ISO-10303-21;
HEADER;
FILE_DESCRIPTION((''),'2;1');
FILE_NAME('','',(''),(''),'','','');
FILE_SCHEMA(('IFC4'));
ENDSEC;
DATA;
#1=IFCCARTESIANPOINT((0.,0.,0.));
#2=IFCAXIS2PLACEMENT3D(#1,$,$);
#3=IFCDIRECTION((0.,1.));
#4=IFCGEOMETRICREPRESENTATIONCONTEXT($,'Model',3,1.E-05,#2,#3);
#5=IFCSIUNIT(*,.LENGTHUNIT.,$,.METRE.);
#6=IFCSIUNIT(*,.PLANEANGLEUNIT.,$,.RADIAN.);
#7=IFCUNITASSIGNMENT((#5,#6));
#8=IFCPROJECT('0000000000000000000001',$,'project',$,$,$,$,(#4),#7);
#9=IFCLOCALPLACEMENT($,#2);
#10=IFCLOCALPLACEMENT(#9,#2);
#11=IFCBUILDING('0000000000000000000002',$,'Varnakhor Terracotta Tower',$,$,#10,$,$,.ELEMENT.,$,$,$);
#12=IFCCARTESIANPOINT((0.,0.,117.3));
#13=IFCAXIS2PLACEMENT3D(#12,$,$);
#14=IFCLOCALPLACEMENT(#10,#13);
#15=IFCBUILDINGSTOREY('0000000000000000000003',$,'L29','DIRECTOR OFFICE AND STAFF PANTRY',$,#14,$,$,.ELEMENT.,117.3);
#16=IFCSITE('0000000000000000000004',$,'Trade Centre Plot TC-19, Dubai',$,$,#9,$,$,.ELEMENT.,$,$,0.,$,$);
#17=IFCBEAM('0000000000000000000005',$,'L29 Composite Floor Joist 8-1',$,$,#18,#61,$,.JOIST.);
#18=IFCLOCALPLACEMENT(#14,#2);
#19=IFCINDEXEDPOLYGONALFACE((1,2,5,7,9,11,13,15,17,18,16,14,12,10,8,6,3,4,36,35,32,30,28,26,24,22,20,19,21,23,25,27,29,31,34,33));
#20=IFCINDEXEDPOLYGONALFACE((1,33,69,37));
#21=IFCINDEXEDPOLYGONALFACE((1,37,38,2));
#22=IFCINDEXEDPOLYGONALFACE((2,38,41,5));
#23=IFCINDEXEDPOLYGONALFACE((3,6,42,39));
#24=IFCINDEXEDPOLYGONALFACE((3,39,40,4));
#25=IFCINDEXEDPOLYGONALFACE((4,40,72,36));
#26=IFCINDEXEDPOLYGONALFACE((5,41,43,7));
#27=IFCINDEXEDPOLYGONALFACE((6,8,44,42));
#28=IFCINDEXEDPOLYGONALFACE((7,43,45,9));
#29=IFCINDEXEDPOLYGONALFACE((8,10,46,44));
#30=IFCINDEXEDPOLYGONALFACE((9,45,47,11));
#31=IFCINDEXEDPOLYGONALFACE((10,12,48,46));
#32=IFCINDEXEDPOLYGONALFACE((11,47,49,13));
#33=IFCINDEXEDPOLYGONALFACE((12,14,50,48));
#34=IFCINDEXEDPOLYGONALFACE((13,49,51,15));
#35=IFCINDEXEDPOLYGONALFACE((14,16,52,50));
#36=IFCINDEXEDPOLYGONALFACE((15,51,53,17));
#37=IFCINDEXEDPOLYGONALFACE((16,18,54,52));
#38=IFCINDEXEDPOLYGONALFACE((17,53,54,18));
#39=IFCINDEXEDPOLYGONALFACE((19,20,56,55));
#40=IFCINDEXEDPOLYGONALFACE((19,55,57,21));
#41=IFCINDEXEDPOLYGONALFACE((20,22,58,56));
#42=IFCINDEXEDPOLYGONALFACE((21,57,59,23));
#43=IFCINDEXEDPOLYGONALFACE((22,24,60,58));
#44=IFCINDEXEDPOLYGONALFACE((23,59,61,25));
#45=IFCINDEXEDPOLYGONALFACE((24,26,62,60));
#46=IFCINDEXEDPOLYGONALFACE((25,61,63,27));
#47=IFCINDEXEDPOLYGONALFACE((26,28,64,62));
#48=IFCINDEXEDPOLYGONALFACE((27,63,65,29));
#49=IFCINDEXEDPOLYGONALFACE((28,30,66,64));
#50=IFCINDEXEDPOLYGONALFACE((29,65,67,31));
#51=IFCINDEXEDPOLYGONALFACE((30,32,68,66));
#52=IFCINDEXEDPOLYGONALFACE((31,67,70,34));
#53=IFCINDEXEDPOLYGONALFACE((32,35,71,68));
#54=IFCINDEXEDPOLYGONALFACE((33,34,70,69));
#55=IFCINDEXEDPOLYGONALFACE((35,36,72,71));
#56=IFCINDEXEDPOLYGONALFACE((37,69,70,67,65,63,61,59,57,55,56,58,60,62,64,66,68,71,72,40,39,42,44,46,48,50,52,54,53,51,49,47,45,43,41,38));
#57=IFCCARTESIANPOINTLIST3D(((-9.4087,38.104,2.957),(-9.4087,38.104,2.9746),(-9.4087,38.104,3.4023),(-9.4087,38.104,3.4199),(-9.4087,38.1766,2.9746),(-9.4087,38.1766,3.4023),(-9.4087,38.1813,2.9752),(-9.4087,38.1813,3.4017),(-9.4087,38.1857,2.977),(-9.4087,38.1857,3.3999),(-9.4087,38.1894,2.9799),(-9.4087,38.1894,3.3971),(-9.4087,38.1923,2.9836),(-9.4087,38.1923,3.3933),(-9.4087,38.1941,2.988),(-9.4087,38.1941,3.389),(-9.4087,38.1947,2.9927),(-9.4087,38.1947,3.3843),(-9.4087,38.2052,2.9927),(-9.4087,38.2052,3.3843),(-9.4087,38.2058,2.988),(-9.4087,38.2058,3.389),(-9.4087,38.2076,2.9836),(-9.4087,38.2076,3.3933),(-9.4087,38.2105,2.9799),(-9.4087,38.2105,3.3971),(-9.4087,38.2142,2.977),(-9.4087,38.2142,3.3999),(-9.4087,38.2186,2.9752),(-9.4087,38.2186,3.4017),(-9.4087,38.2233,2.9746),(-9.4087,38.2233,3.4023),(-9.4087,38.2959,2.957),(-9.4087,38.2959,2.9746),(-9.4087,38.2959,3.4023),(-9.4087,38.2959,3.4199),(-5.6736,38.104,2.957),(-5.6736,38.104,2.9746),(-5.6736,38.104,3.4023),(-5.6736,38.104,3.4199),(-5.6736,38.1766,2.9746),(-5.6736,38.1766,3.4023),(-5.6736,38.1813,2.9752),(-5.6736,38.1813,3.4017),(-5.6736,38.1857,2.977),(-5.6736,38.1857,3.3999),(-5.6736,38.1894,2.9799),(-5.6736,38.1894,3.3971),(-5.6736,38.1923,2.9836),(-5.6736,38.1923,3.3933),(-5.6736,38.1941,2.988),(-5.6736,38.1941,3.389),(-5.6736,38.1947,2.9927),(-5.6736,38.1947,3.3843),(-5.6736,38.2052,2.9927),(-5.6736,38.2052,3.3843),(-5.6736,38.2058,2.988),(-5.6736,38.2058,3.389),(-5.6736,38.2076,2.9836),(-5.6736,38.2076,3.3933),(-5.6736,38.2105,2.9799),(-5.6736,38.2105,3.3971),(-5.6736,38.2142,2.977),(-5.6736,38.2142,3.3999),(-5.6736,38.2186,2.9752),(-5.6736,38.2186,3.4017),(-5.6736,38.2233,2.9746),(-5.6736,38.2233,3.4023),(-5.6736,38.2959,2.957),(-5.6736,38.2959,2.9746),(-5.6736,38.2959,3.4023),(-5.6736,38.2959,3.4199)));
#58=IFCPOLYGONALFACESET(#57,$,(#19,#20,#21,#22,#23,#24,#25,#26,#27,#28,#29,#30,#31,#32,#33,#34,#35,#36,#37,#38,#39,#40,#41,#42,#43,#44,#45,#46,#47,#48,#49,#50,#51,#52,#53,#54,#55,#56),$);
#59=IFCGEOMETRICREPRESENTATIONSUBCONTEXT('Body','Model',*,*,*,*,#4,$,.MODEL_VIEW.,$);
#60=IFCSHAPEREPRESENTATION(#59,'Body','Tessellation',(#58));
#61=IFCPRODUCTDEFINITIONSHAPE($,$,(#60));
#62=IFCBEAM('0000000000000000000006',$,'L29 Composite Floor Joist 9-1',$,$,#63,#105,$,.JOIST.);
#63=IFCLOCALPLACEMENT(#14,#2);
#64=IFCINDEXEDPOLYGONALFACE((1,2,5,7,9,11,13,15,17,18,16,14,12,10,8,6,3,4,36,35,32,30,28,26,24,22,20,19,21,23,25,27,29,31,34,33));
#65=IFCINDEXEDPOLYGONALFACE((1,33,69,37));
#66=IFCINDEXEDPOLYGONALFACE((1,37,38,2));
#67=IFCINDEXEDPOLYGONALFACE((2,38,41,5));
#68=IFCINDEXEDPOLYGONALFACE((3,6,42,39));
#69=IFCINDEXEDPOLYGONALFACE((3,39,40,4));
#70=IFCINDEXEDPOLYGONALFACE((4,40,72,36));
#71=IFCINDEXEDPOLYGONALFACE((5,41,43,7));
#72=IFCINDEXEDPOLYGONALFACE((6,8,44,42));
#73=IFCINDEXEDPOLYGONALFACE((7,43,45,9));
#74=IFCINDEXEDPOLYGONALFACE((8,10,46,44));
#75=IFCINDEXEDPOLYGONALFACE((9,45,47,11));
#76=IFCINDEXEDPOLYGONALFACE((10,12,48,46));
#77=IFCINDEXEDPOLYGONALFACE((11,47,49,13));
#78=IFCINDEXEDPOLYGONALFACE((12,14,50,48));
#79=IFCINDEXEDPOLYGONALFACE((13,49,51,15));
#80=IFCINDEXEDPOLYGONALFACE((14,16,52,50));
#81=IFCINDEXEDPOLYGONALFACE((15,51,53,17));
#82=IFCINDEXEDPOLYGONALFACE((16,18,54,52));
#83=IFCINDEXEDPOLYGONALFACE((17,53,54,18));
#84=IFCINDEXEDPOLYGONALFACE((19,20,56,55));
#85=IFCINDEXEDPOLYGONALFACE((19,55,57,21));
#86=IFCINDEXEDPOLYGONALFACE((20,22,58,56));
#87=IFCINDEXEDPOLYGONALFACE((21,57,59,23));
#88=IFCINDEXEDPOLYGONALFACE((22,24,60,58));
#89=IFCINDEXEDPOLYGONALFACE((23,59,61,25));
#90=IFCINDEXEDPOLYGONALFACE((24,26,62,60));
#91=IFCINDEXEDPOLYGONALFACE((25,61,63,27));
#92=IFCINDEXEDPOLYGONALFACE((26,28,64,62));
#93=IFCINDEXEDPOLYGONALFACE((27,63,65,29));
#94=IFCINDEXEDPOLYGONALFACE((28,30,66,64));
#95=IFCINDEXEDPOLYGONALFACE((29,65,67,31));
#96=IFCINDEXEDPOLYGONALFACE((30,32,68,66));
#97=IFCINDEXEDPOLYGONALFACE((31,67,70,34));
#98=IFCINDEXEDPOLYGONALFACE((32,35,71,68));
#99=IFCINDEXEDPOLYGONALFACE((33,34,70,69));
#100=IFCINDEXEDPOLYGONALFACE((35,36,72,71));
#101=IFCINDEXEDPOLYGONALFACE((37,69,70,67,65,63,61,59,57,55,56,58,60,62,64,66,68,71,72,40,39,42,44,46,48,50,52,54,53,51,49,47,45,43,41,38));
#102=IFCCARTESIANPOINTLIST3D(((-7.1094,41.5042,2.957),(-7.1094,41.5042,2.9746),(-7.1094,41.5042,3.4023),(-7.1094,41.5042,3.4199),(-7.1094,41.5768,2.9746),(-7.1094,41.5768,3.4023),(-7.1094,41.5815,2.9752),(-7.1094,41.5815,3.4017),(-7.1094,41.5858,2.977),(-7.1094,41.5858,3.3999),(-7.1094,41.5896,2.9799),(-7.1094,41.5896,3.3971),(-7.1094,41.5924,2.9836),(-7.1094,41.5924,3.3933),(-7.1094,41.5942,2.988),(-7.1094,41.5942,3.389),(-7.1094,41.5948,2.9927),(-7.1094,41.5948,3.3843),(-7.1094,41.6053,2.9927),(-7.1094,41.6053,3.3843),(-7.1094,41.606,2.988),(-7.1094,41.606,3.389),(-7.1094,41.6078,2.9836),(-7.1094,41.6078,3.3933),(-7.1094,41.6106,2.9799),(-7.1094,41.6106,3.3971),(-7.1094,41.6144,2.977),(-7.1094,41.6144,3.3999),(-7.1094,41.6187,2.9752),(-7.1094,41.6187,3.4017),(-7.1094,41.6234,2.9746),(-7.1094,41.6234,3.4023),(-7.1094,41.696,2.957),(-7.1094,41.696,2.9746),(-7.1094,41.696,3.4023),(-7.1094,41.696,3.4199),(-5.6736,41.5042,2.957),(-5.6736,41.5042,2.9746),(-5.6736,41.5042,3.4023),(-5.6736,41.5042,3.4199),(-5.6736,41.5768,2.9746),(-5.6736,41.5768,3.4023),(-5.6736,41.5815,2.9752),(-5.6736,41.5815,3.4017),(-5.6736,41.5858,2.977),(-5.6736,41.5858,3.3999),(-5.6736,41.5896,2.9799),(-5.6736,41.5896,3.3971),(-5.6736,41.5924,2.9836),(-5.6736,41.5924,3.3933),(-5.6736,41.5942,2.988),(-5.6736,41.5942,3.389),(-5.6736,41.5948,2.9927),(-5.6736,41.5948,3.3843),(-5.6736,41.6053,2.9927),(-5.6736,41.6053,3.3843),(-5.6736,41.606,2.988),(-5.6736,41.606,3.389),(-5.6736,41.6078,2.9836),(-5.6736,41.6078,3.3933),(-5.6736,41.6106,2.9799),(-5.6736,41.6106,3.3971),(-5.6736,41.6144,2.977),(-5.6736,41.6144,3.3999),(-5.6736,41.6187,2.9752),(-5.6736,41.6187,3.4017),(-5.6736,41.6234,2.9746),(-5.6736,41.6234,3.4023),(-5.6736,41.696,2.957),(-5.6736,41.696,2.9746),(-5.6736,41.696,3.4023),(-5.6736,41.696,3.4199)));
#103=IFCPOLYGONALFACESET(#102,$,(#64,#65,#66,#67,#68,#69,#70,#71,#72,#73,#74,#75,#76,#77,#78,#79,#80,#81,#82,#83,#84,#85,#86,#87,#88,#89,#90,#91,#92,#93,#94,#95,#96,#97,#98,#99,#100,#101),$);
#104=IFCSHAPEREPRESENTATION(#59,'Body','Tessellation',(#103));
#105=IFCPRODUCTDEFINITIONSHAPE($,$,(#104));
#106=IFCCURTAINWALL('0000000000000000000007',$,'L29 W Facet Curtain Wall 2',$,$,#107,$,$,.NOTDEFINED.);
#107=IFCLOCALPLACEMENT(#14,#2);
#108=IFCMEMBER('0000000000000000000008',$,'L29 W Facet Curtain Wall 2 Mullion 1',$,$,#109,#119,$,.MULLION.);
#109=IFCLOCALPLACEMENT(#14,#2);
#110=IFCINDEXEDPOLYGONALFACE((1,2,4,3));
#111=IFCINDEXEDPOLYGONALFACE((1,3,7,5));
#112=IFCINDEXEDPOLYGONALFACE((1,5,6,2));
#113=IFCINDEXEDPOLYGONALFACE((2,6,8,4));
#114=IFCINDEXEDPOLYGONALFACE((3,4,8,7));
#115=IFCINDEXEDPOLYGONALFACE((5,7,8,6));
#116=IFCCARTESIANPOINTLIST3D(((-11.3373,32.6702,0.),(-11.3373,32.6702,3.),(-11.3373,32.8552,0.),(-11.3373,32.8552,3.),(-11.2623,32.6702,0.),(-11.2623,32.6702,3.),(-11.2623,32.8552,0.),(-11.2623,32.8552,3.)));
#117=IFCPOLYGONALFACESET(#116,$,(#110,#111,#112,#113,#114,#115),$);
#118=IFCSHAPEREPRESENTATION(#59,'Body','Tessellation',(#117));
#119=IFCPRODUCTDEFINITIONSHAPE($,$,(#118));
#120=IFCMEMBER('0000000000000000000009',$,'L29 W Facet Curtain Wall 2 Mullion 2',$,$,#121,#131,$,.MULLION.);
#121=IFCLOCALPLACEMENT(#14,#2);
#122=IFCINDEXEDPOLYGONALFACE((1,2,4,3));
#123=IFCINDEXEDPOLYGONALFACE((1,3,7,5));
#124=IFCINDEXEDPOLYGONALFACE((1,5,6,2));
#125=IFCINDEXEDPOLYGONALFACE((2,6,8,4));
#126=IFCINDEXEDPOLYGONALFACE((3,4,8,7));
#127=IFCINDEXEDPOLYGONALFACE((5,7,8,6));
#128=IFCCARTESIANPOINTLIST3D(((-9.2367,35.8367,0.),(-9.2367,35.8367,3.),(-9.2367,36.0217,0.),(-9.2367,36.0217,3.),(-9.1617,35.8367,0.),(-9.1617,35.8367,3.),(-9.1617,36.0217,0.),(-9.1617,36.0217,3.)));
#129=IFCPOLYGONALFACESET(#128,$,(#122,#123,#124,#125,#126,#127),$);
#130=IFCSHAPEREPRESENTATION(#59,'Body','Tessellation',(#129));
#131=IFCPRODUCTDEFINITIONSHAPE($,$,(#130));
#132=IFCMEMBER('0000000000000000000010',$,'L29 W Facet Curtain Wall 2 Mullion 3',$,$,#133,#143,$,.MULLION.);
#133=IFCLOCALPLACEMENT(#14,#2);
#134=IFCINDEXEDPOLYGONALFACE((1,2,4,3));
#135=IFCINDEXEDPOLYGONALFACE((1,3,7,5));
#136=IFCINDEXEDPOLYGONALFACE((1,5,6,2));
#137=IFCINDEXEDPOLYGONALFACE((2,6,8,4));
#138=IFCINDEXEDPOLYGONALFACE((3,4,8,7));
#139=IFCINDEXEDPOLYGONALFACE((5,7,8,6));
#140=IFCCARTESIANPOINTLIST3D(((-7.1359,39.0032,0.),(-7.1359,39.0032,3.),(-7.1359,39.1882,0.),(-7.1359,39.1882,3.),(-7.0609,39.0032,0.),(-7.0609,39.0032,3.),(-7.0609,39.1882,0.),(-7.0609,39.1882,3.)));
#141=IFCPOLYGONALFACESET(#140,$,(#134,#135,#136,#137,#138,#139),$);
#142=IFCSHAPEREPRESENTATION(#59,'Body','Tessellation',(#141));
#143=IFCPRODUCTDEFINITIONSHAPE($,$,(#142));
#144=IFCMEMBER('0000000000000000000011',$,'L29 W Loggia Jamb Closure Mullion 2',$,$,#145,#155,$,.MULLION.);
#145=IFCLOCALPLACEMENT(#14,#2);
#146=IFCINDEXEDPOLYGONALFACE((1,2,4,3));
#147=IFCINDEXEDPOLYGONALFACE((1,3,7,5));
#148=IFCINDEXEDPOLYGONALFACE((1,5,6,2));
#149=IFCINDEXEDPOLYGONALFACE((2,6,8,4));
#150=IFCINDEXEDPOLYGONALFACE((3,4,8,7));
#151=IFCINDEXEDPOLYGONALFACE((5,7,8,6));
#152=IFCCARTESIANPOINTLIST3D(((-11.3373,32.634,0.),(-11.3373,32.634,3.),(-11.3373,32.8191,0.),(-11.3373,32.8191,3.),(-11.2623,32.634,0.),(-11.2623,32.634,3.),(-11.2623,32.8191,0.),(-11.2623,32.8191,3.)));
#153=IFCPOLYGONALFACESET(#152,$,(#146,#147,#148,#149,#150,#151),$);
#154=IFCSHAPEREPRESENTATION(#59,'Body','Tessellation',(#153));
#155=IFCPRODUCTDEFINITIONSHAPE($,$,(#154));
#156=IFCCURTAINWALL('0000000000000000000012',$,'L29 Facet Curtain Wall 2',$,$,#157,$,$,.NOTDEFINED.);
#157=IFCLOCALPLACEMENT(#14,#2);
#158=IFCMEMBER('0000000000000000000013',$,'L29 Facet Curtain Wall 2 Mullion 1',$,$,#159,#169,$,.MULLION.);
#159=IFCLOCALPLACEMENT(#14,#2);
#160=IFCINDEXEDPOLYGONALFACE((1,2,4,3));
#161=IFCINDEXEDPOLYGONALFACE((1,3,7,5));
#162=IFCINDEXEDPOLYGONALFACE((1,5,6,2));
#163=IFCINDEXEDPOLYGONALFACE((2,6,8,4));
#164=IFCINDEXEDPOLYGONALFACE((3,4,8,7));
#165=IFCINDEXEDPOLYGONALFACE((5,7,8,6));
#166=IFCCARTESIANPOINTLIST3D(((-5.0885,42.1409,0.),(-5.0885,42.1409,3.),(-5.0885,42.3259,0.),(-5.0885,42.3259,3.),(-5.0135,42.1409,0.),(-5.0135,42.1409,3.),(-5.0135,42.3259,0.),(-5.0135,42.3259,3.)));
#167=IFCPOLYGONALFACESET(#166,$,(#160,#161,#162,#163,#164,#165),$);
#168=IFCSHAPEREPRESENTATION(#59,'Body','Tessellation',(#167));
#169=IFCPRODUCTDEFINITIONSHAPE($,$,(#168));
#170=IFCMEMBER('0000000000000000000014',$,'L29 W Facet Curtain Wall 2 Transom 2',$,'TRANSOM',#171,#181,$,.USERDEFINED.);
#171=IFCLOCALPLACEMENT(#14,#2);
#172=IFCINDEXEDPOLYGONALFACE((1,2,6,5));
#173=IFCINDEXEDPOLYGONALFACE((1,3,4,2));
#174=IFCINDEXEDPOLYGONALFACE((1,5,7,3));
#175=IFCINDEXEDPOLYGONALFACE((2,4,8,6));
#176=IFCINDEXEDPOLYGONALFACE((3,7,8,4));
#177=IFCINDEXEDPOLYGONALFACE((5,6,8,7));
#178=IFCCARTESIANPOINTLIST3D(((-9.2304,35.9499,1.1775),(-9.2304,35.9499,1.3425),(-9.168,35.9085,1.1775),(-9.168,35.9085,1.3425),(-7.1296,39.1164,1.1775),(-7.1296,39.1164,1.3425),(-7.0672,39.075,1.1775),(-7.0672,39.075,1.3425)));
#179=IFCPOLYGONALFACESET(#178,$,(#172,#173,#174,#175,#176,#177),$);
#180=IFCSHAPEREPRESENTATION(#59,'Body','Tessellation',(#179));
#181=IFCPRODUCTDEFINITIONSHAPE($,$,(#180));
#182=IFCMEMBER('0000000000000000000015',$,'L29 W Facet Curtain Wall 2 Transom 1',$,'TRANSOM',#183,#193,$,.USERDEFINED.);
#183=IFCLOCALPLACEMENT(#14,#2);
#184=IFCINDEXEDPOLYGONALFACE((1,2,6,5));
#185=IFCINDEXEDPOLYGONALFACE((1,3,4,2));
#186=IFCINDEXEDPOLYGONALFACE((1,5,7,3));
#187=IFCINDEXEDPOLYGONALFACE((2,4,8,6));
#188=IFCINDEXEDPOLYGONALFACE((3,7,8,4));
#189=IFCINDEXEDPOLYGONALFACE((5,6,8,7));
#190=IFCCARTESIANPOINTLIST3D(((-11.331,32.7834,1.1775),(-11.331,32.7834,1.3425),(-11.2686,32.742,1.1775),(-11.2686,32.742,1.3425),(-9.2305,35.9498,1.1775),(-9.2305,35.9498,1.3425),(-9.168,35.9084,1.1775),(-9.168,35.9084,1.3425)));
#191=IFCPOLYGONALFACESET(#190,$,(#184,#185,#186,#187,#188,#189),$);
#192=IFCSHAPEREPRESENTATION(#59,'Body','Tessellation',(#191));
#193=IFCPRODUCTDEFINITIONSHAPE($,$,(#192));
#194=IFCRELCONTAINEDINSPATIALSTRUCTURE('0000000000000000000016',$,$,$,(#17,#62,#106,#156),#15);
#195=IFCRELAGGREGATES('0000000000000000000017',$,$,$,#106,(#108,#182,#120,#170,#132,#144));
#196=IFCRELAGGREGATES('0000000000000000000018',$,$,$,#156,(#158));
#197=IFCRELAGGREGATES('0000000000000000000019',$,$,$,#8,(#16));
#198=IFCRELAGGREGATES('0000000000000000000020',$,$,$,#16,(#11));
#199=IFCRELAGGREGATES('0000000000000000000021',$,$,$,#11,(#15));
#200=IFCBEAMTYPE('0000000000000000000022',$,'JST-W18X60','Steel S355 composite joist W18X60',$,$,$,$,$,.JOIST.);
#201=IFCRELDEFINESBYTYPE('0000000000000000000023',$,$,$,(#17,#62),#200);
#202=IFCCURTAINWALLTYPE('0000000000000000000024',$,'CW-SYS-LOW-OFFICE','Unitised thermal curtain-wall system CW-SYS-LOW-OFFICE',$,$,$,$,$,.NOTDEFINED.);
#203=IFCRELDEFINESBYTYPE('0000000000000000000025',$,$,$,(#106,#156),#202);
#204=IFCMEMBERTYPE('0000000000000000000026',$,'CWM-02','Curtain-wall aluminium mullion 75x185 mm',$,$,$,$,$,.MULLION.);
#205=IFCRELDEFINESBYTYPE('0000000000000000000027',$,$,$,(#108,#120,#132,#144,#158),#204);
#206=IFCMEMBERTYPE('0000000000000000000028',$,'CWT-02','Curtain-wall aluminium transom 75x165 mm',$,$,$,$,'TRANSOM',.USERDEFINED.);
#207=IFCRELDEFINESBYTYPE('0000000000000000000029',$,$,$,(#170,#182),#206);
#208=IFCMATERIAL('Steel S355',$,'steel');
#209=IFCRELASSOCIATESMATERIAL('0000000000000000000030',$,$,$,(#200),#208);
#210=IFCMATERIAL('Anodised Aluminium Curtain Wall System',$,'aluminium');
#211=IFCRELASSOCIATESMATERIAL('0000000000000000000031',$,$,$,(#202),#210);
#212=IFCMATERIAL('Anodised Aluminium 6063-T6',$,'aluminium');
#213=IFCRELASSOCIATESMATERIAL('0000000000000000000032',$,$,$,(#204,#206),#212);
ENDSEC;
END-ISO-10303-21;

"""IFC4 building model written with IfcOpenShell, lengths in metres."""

from ifc_helpers import new_model, si_unit, direction, frame, origin, origin_2d, place, context, subcontext, project, spatial, rectangle, i_section, extrude, source, transform, mapped, material, material_profile, profile_set, type_object, element, aggregate, save


model = new_model("IFC4")

# Units and contexts
model_context = context("Model", 3, precision=1e-05, world=origin(), true_north=direction((0.0, 1.0)))
body_context = subcontext(model_context, "Body", "Model", "MODEL_VIEW")
ifc_project = project(units=[si_unit("LENGTHUNIT", "METRE"), si_unit("PLANEANGLEUNIT", "RADIAN")], contexts=[model_context])

# Site, building, storey
site_placement = place(None, origin())
site = spatial("IfcSite", under=ifc_project, at=site_placement, Name="Trade Centre Plot TC-19, Dubai", CompositionType="ELEMENT", RefElevation=0.0)
building_placement = place(site_placement, origin())
building = spatial("IfcBuilding", under=site, at=building_placement, Name="Varnakhor Terracotta Tower", CompositionType="ELEMENT")
storey_placement = place(building_placement, frame((0.0, 0.0, 117.3)))
storey = spatial("IfcBuildingStorey", under=building, at=storey_placement, Name="L29", Description="DIRECTOR OFFICE AND STAFF PANTRY", CompositionType="ELEMENT", Elevation=117.3)

# Beams
ifc_material_1 = material(Name="Steel S355", Category="steel")
ifc_material_profile_1 = material_profile(ifc_material_1, i_section(OverallWidth=0.1919, OverallDepth=0.4629, WebThickness=0.0105, FlangeThickness=0.0176, FilletRadius=0.0181, at=origin_2d()), Name="W18X60")
ifc_profile_set_1 = profile_set([ifc_material_profile_1], Name="Steel S355")
beam_type_1 = type_object("IfcBeamType", Name="JST-W18X60", Description="Steel S355 composite joist W18X60", PredefinedType="JOIST", material=ifc_profile_set_1)
shared_shape_1 = source(origin(), body_context, "Body", "SweptSolid", [
    extrude(i_section(OverallWidth=0.1919, OverallDepth=0.4629, WebThickness=0.0105, FlangeThickness=0.0176, FilletRadius=0.0181, at=origin_2d()), origin(), (0.0, 0.0, 1.0), 3.7351),
])
beam_1_placement = place(storey_placement, frame((-9.4087, 38.2, 3.1885), z_axis=(1.0, 0.0, 0.0), x_axis=(0.0, 1.0, 0.0)))
element("IfcBeam", 1, at=beam_1_placement, inside=storey, type_object=beam_type_1, Name="L29 Composite Floor Joist 8-1", PredefinedType="JOIST", context=body_context, shape_type="MappedRepresentation", body=[
    mapped(shared_shape_1, transform((0.0, 0.0, 0.0), scale=1.0)),
])
shared_shape_2 = source(origin(), body_context, "Body", "SweptSolid", [
    extrude(i_section(OverallWidth=0.1919, OverallDepth=0.4629, WebThickness=0.0105, FlangeThickness=0.0176, FilletRadius=0.0181, at=origin_2d()), origin(), (0.0, 0.0, 1.0), 1.4358),
])
beam_2_placement = place(storey_placement, frame((-7.1094, 41.6001, 3.1885), z_axis=(1.0, 0.0, 0.0), x_axis=(0.0, 1.0, 0.0)))
element("IfcBeam", 2, at=beam_2_placement, inside=storey, type_object=beam_type_1, Name="L29 Composite Floor Joist 9-1", PredefinedType="JOIST", context=body_context, shape_type="MappedRepresentation", body=[
    mapped(shared_shape_2, transform((0.0, 0.0, 0.0), scale=1.0)),
])

# Curtain wall, members
ifc_material_2 = material(Name="Anodised Aluminium Curtain Wall System", Category="aluminium")
curtain_wall_type = type_object("IfcCurtainWallType", Name="CW-SYS-LOW-OFFICE", Description="Unitised thermal curtain-wall system CW-SYS-LOW-OFFICE", PredefinedType="NOTDEFINED", material=ifc_material_2)
curtain_wall_1_placement = place(storey_placement, origin())
curtain_wall_1 = element("IfcCurtainWall", 3, at=curtain_wall_1_placement, inside=storey, type_object=curtain_wall_type, Name="L29 W Facet Curtain Wall 2", PredefinedType="NOTDEFINED")
ifc_material_3 = material(Name="Anodised Aluminium 6063-T6", Category="aluminium")
ifc_material_profile_2 = material_profile(ifc_material_3, rectangle(XDim=0.075, YDim=0.1851, at=origin_2d()), Name="ALU MULLION 75x185")
ifc_profile_set_2 = profile_set([ifc_material_profile_2], Name="Anodised Aluminium 6063-T6")
member_type_1 = type_object("IfcMemberType", Name="CWM-02", Description="Curtain-wall aluminium mullion 75x185 mm", PredefinedType="MULLION", material=ifc_profile_set_2)
shared_shape_3 = source(origin(), body_context, "Body", "SweptSolid", [
    extrude(rectangle(XDim=0.075, YDim=0.1851, at=origin_2d()), origin(), (0.0, 0.0, 1.0), 3.0),
])
member_1_placement = place(storey_placement, frame((-11.2998, 32.7627, 0.0), z_axis=(0.0, 0.0, 1.0), x_axis=(1.0, 0.0, 0.0)))
member_1 = element("IfcMember", 4, at=member_1_placement, type_object=member_type_1, Name="L29 W Facet Curtain Wall 2 Mullion 1", PredefinedType="MULLION", context=body_context, shape_type="MappedRepresentation", body=[
    mapped(shared_shape_3, transform((0.0, 0.0, 0.0), scale=1.0)),
])
member_2_placement = place(storey_placement, frame((-9.1992, 35.9292, 0.0), z_axis=(0.0, 0.0, 1.0), x_axis=(1.0, 0.0, 0.0)))
member_2 = element("IfcMember", 5, at=member_2_placement, type_object=member_type_1, Name="L29 W Facet Curtain Wall 2 Mullion 2", PredefinedType="MULLION", context=body_context, shape_type="MappedRepresentation", body=[
    mapped(shared_shape_3, transform((0.0, 0.0, 0.0), scale=1.0)),
])
member_3_placement = place(storey_placement, frame((-7.0984, 39.0957, 0.0), z_axis=(0.0, 0.0, 1.0), x_axis=(1.0, 0.0, 0.0)))
member_3 = element("IfcMember", 6, at=member_3_placement, type_object=member_type_1, Name="L29 W Facet Curtain Wall 2 Mullion 3", PredefinedType="MULLION", context=body_context, shape_type="MappedRepresentation", body=[
    mapped(shared_shape_3, transform((0.0, 0.0, 0.0), scale=1.0)),
])
member_4_placement = place(storey_placement, frame((-11.2998, 32.7266, 0.0), z_axis=(0.0, 0.0, 1.0), x_axis=(1.0, 0.0, 0.0)))
member_4 = element("IfcMember", 7, at=member_4_placement, type_object=member_type_1, Name="L29 W Loggia Jamb Closure Mullion 2", PredefinedType="MULLION", context=body_context, shape_type="MappedRepresentation", body=[
    mapped(shared_shape_3, transform((0.0, 0.0, 0.0), scale=1.0)),
])

# Curtain wall, member
curtain_wall_2_placement = place(storey_placement, origin())
curtain_wall_2 = element("IfcCurtainWall", 8, at=curtain_wall_2_placement, inside=storey, type_object=curtain_wall_type, Name="L29 Facet Curtain Wall 2", PredefinedType="NOTDEFINED")
member_5_placement = place(storey_placement, frame((-5.051, 42.2334, 0.0), z_axis=(0.0, 0.0, 1.0), x_axis=(1.0, 0.0, 0.0)))
member_5 = element("IfcMember", 9, at=member_5_placement, type_object=member_type_1, Name="L29 Facet Curtain Wall 2 Mullion 1", PredefinedType="MULLION", context=body_context, shape_type="MappedRepresentation", body=[
    mapped(shared_shape_3, transform((0.0, 0.0, 0.0), scale=1.0)),
])

# Members
ifc_material_profile_3 = material_profile(ifc_material_3, rectangle(XDim=0.075, YDim=0.165, at=origin_2d()), Name="ALU TRANSOM 75x165")
ifc_profile_set_3 = profile_set([ifc_material_profile_3], Name="Anodised Aluminium 6063-T6")
member_type_2 = type_object("IfcMemberType", Name="CWT-02", Description="Curtain-wall aluminium transom 75x165 mm", ElementType="TRANSOM", PredefinedType="USERDEFINED", material=ifc_profile_set_3)
shared_shape_4 = source(origin(), body_context, "Body", "SweptSolid", [
    extrude(rectangle(XDim=0.075, YDim=0.165, at=origin_2d()), origin(), (0.0, 0.0, 1.0), 3.8),
])
member_6_placement = place(storey_placement, frame((-9.1992, 35.9292, 1.26), z_axis=(0.552846, 0.833284, 0.0), x_axis=(-0.833284, 0.552846, 0.0)))
member_6 = element("IfcMember", 10, at=member_6_placement, type_object=member_type_2, Name="L29 W Facet Curtain Wall 2 Transom 2", ObjectType="TRANSOM", PredefinedType="USERDEFINED", context=body_context, shape_type="MappedRepresentation", body=[
    mapped(shared_shape_4, transform((0.0, 0.0, 0.0), scale=1.0)),
])
shared_shape_5 = source(origin(), body_context, "Body", "SweptSolid", [
    extrude(rectangle(XDim=0.075, YDim=0.165, at=origin_2d()), origin(), (0.0, 0.0, 1.0), 3.7998),
])
member_7_placement = place(storey_placement, frame((-11.2998, 32.7627, 1.26), z_axis=(0.552801, 0.833313, 0.0), x_axis=(-0.833313, 0.552801, 0.0)))
member_7 = element("IfcMember", 11, at=member_7_placement, type_object=member_type_2, Name="L29 W Facet Curtain Wall 2 Transom 1", ObjectType="TRANSOM", PredefinedType="USERDEFINED", context=body_context, shape_type="MappedRepresentation", body=[
    mapped(shared_shape_5, transform((0.0, 0.0, 0.0), scale=1.0)),
])

aggregate(curtain_wall_1, [member_1, member_7, member_2, member_6, member_3, member_4])
aggregate(curtain_wall_2, [member_5])

save(model, "model.ifc")
